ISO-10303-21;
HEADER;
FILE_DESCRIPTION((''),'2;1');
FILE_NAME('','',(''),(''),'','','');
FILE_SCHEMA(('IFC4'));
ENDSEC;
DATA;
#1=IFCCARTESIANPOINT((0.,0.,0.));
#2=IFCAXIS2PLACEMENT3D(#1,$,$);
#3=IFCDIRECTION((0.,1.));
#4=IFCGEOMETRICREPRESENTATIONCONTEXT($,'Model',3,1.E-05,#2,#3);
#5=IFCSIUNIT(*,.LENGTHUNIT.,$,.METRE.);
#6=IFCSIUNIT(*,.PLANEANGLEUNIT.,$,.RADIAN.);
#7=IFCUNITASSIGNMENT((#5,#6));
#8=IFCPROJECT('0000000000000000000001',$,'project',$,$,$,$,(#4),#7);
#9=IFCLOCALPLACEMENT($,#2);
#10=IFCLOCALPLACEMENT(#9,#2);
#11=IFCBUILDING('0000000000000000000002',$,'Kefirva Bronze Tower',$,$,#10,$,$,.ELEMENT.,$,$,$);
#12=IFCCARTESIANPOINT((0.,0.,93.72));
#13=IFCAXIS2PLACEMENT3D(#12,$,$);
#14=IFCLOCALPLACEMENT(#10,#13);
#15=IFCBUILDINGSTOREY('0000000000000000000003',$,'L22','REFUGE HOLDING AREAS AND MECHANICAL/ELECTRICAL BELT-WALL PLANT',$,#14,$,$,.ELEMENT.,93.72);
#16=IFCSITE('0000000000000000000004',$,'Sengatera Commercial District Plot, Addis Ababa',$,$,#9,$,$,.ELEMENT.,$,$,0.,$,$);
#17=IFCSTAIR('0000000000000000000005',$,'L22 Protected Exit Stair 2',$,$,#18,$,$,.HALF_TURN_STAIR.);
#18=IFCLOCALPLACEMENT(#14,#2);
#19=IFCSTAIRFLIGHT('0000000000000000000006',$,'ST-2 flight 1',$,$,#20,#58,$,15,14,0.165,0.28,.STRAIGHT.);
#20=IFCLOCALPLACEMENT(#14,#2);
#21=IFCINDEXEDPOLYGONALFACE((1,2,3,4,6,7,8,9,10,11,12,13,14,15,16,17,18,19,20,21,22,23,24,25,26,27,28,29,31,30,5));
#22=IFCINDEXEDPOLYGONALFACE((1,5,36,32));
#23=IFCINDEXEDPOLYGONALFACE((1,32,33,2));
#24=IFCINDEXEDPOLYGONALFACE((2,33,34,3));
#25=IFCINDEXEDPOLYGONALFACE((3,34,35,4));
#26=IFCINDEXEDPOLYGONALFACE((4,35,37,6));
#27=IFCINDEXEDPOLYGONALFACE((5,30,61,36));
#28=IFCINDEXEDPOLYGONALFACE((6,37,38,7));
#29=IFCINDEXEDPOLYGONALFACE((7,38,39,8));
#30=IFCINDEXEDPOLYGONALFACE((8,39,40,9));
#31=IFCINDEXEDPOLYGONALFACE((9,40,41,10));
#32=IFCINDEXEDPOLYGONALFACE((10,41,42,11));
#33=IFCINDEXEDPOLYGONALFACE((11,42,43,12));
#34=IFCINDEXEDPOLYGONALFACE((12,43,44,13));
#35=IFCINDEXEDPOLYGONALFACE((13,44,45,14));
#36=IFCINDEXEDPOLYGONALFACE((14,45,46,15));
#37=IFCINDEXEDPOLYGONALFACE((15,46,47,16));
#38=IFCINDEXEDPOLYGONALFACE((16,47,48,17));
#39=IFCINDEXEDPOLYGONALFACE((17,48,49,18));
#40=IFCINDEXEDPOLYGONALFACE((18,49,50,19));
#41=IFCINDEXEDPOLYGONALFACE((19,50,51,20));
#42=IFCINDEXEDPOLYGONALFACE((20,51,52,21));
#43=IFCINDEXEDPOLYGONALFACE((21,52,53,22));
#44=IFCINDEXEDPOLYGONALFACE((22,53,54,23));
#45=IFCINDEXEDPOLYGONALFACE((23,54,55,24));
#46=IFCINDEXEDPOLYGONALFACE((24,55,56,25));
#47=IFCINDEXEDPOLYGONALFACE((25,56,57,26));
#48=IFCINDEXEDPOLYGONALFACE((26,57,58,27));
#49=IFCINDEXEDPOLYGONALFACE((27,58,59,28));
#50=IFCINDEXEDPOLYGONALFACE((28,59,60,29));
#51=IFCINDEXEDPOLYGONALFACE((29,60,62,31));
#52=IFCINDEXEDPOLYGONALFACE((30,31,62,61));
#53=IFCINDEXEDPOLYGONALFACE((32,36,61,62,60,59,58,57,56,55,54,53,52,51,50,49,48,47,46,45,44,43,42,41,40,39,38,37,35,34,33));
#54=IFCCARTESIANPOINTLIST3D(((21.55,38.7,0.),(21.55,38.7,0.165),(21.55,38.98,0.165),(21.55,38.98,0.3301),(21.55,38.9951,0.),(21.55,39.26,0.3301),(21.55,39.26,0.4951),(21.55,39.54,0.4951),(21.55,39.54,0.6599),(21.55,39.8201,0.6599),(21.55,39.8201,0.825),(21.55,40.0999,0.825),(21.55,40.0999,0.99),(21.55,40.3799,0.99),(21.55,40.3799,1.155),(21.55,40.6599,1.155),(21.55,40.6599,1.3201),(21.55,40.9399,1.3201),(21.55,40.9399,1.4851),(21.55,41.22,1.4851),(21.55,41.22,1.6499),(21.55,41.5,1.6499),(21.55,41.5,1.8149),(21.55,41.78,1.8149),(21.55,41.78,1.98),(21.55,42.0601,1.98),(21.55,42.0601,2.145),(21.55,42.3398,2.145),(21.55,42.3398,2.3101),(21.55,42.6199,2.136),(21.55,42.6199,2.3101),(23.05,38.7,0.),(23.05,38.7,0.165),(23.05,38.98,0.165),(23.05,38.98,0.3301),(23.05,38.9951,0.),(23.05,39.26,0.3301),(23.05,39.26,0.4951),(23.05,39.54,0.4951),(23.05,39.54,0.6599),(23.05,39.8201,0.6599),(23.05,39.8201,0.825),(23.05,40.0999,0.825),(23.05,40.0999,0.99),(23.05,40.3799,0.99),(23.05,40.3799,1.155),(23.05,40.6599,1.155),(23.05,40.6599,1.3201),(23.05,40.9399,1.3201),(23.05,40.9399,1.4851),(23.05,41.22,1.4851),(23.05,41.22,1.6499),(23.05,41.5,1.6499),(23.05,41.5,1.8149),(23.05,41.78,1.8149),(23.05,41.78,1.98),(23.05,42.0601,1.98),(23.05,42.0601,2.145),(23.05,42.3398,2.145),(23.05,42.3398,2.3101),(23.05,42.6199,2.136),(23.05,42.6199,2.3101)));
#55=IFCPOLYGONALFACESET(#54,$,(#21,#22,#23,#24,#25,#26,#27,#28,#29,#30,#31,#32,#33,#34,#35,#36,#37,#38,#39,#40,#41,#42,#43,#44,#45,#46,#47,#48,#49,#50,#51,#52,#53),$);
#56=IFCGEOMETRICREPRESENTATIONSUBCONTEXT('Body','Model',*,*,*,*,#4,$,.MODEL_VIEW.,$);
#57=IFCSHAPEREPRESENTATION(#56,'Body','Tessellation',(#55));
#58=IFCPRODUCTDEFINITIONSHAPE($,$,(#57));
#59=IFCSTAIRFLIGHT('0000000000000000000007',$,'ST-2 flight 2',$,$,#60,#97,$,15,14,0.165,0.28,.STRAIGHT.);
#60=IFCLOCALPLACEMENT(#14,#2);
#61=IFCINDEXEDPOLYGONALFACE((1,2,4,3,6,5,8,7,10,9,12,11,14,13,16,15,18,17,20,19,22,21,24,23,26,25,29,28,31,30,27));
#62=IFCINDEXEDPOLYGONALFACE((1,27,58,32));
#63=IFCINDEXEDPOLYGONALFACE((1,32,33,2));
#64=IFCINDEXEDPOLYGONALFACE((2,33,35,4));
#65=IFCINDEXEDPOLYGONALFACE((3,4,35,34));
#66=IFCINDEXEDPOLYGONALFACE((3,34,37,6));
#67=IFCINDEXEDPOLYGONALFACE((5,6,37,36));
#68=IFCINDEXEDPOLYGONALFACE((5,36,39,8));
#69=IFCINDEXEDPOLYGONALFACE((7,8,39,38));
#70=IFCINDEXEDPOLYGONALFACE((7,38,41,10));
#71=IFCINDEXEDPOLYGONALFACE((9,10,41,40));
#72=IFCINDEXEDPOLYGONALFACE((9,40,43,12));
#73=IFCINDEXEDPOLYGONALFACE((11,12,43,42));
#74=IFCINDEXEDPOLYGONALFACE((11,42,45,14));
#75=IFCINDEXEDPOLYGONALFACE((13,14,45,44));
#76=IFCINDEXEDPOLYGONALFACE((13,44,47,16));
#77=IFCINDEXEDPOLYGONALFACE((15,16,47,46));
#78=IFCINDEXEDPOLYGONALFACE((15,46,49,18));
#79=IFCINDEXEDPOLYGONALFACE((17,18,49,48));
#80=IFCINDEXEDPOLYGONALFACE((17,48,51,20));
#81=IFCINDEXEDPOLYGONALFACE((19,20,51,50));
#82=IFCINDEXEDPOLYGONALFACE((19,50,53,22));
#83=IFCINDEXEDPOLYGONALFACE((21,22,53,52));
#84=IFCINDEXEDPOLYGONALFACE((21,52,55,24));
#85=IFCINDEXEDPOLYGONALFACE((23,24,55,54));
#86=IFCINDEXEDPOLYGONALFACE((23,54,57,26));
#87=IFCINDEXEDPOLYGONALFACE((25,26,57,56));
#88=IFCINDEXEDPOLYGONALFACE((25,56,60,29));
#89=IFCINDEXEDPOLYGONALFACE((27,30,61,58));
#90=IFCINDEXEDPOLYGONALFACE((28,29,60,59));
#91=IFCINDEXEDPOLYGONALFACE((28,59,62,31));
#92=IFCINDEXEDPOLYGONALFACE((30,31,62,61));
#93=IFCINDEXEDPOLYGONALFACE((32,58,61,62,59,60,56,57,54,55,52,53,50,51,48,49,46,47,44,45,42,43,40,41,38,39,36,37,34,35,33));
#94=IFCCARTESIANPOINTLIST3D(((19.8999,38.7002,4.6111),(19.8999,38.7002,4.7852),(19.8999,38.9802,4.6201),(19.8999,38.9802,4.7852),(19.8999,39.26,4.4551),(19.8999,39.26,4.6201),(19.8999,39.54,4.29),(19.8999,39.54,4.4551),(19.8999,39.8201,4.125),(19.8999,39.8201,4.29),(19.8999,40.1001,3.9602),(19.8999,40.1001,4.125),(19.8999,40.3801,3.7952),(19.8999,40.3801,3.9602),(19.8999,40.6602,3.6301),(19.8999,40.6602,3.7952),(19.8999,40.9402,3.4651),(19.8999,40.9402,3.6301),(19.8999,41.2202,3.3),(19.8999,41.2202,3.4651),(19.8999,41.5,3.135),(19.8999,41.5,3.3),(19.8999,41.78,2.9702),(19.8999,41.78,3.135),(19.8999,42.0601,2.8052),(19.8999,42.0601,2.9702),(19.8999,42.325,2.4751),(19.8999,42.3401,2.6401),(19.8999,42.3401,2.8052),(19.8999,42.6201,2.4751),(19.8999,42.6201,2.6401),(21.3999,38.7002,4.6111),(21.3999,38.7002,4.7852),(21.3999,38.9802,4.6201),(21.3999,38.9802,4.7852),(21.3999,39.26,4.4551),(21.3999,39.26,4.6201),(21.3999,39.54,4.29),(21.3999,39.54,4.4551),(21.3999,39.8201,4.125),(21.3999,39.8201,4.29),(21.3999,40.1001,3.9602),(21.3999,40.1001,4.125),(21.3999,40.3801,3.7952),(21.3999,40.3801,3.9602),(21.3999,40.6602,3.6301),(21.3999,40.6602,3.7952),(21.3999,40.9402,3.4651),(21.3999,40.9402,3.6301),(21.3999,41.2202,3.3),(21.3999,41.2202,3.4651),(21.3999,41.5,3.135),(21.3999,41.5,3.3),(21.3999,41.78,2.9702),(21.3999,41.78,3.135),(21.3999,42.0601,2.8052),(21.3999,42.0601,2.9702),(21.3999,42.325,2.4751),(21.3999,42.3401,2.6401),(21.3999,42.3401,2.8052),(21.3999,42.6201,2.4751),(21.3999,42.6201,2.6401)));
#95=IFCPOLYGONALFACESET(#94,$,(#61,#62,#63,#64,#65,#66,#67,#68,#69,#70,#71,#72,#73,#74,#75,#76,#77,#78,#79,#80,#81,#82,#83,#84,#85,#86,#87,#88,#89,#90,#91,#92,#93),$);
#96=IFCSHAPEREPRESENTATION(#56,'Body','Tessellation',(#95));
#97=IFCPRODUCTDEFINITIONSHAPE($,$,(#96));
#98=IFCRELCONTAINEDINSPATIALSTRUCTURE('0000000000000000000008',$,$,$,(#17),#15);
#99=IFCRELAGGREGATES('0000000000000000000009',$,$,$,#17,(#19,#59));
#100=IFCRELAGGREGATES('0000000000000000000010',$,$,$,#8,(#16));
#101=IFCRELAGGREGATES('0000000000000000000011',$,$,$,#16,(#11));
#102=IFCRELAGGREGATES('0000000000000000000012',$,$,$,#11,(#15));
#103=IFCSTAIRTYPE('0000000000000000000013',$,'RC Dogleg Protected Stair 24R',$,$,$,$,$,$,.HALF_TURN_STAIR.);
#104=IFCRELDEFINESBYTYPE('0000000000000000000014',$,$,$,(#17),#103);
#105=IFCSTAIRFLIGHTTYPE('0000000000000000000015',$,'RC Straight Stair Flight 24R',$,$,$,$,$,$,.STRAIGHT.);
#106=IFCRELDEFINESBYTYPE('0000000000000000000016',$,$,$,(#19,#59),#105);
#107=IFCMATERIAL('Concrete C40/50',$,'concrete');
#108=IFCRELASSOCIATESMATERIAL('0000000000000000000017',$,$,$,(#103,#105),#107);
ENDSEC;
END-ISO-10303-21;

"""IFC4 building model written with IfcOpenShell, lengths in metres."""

from ifc_helpers import new_model, si_unit, direction, frame, origin, place, context, subcontext, project, spatial, polyline, outline, extrude, material, type_object, element, aggregate, save


model = new_model("IFC4")

# Units and contexts
model_context = context("Model", 3, precision=1e-05, world=origin(), true_north=direction((0.0, 1.0)))
body_context = subcontext(model_context, "Body", "Model", "MODEL_VIEW")
ifc_project = project(units=[si_unit("LENGTHUNIT", "METRE"), si_unit("PLANEANGLEUNIT", "RADIAN")], contexts=[model_context])

# Site, building, storey
site_placement = place(None, origin())
site = spatial("IfcSite", under=ifc_project, at=site_placement, Name="Sengatera Commercial District Plot, Addis Ababa", CompositionType="ELEMENT", RefElevation=0.0)
building_placement = place(site_placement, origin())
building = spatial("IfcBuilding", under=site, at=building_placement, Name="Kefirva Bronze Tower", CompositionType="ELEMENT")
storey_placement = place(building_placement, frame((0.0, 0.0, 93.72)))
storey = spatial("IfcBuildingStorey", under=building, at=storey_placement, Name="L22", Description="REFUGE HOLDING AREAS AND MECHANICAL/ELECTRICAL BELT-WALL PLANT", CompositionType="ELEMENT", Elevation=93.72)

# Stair, stair flights
ifc_material_1 = material(Name="Concrete C40/50", Category="concrete")
stair_type = type_object("IfcStairType", Name="RC Dogleg Protected Stair 24R", PredefinedType="HALF_TURN_STAIR", material=ifc_material_1)
stair_placement = place(storey_placement, origin())
stair = element("IfcStair", 1, at=stair_placement, inside=storey, type_object=stair_type, Name="L22 Protected Exit Stair 2", PredefinedType="HALF_TURN_STAIR")
stair_flight_type = type_object("IfcStairFlightType", Name="RC Straight Stair Flight 24R", PredefinedType="STRAIGHT", material=ifc_material_1)
stair_flight_1_placement = place(storey_placement, frame((22.3, 38.7, 0.0), z_axis=(0.0, 0.0, 1.0), x_axis=(0.0, 1.0, 0.0)))
stair_flight_1 = element("IfcStairFlight", 2, at=stair_flight_1_placement, type_object=stair_flight_type, Name="ST-2 flight 1", NumberOfRisers=15, NumberOfTreads=14, PredefinedType="STRAIGHT", RiserHeight=0.165, TreadLength=0.28, context=body_context, shape_type="SweptSolid", body=[
    extrude(outline(polyline([(0.0, 0.0), (0.0, 0.165), (0.28, 0.165), (0.28, 0.3301), (0.5601, 0.3301), (0.5601, 0.4951), (0.8401, 0.4951), (0.8401, 0.6599), (1.1201, 0.6599), (1.1201, 0.825), (1.3999, 0.825), (1.3999, 0.99), (1.6799, 0.99), (1.6799, 1.155), (1.96, 1.155), (1.96, 1.3201), (2.24, 1.3201), (2.24, 1.4851), (2.52, 1.4851), (2.52, 1.6499), (2.8, 1.6499), (2.8, 1.8149), (3.0801, 1.8149), (3.0801, 1.98), (3.3601, 1.98), (3.3601, 2.145), (3.6399, 2.145), (3.6399, 2.3101), (3.9199, 2.3101), (3.9199, 2.4751), (3.9199, 2.136), (0.2952, 0.0), (0.0, 0.0)])), frame((0.0, 0.75, 0.0), z_axis=(0.0, -1.0, 0.0), x_axis=(1.0, 0.0, 0.0)), (0.0, 0.0, 1.0), 1.5),
])
stair_flight_2_placement = place(storey_placement, frame((20.6499, 42.6201, 2.4751), z_axis=(0.0, 0.0, 1.0), x_axis=(0.0, -1.0, 0.0)))
stair_flight_2 = element("IfcStairFlight", 3, at=stair_flight_2_placement, type_object=stair_flight_type, Name="ST-2 flight 2", NumberOfRisers=15, NumberOfTreads=14, PredefinedType="STRAIGHT", RiserHeight=0.165, TreadLength=0.28, context=body_context, shape_type="SweptSolid", body=[
    extrude(outline(polyline([(0.0, 0.0), (0.0, 0.165), (0.28, 0.165), (0.28, 0.3301), (0.5601, 0.3301), (0.5601, 0.4951), (0.8401, 0.4951), (0.8401, 0.6599), (1.1201, 0.6599), (1.1201, 0.825), (1.3999, 0.825), (1.3999, 0.99), (1.6799, 0.99), (1.6799, 1.155), (1.96, 1.155), (1.96, 1.3201), (2.24, 1.3201), (2.24, 1.4851), (2.52, 1.4851), (2.52, 1.6499), (2.8, 1.6499), (2.8, 1.8149), (3.0801, 1.8149), (3.0801, 1.98), (3.3601, 1.98), (3.3601, 2.145), (3.6399, 2.145), (3.6399, 2.3101), (3.9199, 2.3101), (3.9199, 2.4751), (3.9199, 2.136), (0.2952, 0.0), (0.0, 0.0)])), frame((0.0, 0.75, 0.0), z_axis=(0.0, -1.0, 0.0), x_axis=(1.0, 0.0, 0.0)), (0.0, 0.0, 1.0), 1.5),
])
aggregate(stair, [stair_flight_1, stair_flight_2])

save(model, "model.ifc")
